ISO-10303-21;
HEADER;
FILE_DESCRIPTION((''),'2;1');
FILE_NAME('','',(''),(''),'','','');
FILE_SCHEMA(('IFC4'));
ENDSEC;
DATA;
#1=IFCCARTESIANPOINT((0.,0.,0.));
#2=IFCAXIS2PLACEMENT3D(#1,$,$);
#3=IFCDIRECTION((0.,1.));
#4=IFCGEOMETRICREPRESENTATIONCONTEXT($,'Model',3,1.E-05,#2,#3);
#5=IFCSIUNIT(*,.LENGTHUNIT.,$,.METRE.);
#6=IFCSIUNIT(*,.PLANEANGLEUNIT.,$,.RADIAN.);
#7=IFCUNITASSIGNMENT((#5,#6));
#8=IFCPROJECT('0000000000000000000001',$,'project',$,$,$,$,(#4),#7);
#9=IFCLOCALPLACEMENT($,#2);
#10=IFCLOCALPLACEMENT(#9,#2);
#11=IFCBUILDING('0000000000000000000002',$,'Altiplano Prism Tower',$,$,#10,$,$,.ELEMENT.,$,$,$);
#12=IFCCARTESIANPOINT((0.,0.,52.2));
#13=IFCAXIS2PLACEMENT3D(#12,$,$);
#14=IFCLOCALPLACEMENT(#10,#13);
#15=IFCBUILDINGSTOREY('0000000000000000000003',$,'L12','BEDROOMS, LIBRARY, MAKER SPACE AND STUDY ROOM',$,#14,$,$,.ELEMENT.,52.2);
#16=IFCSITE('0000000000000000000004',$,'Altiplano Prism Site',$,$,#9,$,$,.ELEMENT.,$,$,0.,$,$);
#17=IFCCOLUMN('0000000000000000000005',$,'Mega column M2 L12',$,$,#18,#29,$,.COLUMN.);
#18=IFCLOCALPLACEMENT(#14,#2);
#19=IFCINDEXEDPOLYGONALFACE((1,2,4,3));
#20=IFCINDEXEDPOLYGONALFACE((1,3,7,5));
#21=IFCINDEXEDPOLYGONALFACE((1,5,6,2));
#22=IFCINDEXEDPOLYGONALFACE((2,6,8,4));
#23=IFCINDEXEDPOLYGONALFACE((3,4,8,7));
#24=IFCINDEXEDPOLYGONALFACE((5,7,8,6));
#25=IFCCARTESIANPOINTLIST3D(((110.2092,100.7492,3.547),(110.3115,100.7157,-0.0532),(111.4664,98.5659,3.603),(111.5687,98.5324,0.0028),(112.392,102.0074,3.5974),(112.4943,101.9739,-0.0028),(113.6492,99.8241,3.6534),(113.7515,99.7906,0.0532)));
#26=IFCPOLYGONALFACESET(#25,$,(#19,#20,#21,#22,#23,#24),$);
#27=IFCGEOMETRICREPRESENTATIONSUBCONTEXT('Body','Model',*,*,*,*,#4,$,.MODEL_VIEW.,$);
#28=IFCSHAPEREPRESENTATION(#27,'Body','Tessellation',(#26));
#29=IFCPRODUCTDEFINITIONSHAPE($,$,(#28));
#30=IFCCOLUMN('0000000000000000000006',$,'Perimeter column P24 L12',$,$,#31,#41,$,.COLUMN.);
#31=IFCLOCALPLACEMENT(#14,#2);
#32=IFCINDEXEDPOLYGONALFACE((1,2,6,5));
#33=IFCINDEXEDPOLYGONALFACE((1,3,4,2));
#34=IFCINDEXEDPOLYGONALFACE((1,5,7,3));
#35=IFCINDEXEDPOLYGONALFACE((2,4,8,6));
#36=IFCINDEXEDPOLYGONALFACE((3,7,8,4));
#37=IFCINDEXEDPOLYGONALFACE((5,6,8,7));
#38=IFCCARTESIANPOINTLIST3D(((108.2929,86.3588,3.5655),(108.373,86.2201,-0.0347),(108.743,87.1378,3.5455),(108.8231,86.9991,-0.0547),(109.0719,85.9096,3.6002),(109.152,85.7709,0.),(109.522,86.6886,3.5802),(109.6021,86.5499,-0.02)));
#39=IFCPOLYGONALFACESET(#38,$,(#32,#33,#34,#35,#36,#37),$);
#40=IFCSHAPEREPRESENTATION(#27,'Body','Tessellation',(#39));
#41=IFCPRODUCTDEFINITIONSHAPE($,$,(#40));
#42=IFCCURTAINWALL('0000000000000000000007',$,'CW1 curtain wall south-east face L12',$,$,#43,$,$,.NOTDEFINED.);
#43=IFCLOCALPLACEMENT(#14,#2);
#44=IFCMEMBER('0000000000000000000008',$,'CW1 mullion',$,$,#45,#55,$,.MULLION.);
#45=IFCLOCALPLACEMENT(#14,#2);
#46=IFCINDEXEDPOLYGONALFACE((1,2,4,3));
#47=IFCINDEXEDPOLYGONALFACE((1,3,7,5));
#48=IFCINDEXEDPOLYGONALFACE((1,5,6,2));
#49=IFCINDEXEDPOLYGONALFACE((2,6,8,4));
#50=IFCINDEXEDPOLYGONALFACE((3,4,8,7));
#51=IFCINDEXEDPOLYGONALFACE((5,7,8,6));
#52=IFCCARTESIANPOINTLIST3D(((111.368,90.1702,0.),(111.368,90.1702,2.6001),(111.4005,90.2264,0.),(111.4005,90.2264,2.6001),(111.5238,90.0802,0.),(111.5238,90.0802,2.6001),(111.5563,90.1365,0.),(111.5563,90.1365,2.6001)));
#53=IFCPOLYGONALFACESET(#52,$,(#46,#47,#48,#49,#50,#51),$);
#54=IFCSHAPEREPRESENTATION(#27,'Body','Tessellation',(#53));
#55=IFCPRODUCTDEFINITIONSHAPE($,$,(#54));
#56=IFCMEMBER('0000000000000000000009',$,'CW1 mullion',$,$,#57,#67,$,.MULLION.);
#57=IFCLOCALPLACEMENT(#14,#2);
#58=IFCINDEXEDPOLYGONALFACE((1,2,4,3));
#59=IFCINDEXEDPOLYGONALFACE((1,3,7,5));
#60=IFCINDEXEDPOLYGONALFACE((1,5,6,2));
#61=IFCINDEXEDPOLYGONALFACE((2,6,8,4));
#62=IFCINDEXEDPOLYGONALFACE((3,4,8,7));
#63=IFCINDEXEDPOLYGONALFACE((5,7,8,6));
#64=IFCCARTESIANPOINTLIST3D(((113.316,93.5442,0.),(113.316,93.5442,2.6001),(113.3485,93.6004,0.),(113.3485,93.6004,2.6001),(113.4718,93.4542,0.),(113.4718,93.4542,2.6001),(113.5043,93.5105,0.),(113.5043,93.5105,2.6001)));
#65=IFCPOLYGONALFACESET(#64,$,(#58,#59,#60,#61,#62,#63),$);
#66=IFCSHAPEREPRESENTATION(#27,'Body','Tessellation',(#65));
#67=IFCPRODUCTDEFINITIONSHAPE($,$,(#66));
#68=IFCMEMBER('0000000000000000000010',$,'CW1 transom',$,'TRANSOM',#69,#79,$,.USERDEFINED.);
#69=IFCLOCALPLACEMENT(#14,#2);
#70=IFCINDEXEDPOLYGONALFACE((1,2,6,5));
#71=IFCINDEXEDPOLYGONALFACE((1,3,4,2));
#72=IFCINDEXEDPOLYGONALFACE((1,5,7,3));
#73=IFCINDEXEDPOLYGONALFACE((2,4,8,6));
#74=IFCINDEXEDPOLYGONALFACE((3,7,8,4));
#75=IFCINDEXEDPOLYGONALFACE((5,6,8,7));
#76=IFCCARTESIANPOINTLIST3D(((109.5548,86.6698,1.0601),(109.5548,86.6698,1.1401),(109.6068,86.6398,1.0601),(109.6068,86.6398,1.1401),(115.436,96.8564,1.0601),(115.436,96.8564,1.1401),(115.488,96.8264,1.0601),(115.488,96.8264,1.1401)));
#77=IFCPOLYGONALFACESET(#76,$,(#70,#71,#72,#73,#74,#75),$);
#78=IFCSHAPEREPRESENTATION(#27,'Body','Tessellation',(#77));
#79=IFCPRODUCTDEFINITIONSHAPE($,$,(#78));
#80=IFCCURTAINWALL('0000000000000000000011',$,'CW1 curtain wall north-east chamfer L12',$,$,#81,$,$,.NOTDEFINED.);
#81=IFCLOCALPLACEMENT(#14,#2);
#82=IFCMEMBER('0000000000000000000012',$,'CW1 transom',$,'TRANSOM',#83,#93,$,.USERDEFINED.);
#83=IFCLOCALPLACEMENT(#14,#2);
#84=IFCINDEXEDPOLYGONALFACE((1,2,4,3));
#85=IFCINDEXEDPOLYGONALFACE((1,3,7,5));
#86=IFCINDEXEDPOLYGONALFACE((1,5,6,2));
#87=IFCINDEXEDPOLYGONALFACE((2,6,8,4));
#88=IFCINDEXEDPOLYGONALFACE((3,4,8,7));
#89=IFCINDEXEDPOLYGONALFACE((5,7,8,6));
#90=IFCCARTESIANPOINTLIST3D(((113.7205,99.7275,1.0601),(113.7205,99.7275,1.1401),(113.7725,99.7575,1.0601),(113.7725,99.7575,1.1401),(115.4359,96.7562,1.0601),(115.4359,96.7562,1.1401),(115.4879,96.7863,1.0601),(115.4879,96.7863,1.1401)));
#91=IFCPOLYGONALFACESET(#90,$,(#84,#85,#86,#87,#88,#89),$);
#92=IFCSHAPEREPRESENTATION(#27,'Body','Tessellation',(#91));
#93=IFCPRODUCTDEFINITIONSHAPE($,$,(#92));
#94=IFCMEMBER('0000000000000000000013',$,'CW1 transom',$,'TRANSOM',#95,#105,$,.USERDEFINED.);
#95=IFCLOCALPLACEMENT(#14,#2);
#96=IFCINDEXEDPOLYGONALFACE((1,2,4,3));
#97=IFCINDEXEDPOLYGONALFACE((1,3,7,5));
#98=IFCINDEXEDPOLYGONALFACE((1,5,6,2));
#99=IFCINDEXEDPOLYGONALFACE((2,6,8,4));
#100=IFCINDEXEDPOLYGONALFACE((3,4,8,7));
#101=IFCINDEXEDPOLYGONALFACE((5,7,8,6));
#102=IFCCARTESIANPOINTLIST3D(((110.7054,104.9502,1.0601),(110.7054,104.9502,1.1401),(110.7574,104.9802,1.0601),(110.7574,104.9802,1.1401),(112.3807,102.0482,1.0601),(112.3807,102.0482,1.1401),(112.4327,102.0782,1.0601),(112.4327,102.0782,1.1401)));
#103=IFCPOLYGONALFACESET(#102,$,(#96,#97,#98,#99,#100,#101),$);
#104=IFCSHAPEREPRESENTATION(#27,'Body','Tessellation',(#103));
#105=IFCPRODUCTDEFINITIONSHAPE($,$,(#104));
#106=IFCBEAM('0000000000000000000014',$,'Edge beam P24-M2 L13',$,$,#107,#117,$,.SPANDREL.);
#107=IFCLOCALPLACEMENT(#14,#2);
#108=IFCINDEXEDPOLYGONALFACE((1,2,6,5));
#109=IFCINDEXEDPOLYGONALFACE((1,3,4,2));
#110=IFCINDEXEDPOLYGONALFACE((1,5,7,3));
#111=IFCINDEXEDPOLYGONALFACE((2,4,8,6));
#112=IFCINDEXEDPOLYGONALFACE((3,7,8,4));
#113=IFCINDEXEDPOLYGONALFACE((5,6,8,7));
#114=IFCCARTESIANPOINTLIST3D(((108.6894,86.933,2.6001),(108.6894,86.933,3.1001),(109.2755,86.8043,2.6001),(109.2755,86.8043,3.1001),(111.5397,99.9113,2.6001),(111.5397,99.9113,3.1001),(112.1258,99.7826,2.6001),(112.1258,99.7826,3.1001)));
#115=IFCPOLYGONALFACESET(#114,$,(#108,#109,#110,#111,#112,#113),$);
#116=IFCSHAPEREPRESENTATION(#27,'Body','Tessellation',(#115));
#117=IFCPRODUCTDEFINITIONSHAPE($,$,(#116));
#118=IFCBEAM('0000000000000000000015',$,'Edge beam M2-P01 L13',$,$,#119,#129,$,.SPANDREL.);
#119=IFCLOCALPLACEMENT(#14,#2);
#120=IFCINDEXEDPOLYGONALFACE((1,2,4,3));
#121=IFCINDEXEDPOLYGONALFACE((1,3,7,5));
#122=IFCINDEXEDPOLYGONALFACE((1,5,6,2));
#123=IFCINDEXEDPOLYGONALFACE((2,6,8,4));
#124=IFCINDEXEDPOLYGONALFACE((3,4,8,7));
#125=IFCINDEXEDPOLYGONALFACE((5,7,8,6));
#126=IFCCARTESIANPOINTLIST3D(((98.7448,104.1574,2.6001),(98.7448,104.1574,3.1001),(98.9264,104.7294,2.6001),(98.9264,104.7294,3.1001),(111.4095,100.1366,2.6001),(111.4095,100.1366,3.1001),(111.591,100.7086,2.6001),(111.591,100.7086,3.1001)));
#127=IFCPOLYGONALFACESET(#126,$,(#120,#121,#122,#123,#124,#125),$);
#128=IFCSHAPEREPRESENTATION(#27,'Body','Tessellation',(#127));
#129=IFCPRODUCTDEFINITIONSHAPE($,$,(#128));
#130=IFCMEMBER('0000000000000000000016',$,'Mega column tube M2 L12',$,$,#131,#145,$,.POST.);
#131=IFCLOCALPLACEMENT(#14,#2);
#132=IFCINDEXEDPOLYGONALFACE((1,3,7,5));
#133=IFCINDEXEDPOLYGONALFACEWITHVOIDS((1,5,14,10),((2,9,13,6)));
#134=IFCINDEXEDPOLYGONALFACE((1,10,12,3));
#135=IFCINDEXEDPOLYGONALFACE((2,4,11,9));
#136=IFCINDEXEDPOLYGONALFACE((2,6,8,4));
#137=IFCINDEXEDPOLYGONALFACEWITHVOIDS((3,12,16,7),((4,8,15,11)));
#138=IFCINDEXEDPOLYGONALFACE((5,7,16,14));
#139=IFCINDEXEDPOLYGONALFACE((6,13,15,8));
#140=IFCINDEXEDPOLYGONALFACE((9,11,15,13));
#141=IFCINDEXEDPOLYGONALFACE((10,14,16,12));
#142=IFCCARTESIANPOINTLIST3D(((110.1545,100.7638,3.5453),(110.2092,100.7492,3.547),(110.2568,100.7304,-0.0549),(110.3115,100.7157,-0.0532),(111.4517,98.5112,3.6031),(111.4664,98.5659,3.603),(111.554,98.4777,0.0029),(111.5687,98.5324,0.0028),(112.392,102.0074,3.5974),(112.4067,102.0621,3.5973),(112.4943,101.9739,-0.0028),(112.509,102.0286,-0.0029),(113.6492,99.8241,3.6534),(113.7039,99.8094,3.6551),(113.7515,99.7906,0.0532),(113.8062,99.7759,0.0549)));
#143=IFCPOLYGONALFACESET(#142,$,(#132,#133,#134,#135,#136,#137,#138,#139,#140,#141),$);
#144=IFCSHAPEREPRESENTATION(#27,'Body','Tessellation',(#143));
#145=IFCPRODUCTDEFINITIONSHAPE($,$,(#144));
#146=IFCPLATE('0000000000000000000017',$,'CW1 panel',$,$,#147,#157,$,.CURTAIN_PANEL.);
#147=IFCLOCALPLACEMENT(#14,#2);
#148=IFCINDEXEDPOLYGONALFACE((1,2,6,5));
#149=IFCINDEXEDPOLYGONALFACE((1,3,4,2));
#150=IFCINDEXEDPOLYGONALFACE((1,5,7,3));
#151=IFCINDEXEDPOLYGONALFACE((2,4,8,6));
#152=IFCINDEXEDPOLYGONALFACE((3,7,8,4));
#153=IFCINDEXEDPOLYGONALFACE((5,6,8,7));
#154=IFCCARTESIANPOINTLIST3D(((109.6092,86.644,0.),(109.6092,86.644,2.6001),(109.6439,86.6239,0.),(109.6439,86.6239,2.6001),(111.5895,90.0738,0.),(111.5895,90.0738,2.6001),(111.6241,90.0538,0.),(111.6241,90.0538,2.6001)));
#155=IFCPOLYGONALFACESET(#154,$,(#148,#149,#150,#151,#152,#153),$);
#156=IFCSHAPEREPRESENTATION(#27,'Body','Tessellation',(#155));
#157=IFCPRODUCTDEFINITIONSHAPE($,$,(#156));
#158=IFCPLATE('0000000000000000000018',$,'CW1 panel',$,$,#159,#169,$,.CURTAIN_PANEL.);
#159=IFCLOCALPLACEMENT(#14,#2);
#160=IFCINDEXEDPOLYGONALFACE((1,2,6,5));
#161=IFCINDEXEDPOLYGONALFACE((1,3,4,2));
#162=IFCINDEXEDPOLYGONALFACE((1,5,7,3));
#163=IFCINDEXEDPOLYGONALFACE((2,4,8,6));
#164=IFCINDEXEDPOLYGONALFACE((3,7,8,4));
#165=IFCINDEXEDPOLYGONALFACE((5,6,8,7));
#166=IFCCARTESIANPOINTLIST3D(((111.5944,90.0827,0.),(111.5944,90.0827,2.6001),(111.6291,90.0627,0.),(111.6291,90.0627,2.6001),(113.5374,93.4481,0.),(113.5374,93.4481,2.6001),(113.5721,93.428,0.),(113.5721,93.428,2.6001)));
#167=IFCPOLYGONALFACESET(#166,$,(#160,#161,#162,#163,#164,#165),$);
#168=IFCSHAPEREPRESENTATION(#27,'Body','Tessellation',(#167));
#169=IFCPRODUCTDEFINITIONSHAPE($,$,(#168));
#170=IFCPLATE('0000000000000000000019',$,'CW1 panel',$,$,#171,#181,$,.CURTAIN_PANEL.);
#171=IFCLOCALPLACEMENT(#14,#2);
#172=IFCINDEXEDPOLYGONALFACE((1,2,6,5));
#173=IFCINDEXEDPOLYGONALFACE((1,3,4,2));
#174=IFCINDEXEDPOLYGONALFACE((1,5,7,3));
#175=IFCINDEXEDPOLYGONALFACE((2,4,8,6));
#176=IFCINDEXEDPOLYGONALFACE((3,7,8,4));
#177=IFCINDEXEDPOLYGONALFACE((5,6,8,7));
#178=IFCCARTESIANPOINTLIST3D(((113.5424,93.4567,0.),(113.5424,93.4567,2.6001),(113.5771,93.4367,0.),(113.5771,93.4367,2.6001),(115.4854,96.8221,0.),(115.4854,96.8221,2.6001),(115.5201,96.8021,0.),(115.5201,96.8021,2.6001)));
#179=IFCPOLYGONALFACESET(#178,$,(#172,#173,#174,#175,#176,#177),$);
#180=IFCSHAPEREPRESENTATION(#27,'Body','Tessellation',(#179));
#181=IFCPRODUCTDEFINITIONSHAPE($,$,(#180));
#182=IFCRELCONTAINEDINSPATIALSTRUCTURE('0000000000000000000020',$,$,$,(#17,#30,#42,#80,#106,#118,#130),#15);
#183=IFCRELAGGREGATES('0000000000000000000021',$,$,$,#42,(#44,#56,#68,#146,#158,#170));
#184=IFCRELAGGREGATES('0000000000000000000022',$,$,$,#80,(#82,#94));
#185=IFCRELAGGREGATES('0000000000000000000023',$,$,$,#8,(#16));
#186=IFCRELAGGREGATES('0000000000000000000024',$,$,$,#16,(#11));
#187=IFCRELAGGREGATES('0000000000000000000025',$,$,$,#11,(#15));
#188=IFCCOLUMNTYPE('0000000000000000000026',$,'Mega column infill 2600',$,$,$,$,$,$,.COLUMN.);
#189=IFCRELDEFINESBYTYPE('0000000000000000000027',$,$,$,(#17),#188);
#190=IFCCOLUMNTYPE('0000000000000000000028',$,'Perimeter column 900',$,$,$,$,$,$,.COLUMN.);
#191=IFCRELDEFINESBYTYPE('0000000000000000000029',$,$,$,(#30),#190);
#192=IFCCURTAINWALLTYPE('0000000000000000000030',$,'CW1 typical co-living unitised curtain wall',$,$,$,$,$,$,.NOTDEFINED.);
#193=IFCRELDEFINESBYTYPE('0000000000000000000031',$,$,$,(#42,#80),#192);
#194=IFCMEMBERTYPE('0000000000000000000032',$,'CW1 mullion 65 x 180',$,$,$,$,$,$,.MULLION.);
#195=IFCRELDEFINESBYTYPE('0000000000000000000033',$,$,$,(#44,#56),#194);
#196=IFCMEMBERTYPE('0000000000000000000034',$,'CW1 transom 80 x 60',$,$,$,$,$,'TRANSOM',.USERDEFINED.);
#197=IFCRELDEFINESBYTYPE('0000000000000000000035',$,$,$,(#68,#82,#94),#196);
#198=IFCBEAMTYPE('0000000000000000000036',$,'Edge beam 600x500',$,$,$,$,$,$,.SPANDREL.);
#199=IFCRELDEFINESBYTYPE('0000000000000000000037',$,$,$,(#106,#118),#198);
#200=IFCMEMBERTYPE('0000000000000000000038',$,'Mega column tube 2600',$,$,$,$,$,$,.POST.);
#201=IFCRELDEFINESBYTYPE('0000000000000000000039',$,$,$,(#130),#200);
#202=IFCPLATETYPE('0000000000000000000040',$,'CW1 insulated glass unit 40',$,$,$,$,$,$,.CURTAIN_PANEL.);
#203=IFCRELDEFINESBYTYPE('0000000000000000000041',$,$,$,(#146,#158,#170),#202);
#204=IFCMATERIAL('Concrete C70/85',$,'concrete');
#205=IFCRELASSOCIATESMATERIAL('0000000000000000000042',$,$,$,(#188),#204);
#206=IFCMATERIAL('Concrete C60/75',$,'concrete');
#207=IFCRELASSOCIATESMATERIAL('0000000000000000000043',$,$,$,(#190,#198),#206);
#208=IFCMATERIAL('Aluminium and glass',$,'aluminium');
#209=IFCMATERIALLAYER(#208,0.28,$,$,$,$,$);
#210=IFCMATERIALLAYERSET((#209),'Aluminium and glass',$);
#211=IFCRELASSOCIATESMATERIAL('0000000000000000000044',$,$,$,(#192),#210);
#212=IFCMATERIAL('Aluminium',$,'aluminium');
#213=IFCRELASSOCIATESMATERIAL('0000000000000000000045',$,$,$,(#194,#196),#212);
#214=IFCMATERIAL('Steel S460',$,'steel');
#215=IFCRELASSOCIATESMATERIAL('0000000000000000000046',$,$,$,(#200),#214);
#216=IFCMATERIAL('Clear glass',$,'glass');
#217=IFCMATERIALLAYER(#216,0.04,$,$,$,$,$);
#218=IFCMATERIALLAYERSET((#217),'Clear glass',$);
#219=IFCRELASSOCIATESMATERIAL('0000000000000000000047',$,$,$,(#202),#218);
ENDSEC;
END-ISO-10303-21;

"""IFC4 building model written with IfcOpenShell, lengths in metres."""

from ifc_helpers import new_model, si_unit, direction, frame, origin, origin_2d, place, context, subcontext, project, spatial, rectangle, hollow_rectangle, extrude, material, layer, layer_set, material_profile, profile_set, type_object, element, aggregate, save


model = new_model("IFC4")

# Units and contexts
model_context = context("Model", 3, precision=1e-05, world=origin(), true_north=direction((0.0, 1.0)))
body_context = subcontext(model_context, "Body", "Model", "MODEL_VIEW")
ifc_project = project(units=[si_unit("LENGTHUNIT", "METRE"), si_unit("PLANEANGLEUNIT", "RADIAN")], contexts=[model_context])

# Site, building, storey
site_placement = place(None, origin())
site = spatial("IfcSite", under=ifc_project, at=site_placement, Name="Altiplano Prism Site", CompositionType="ELEMENT", RefElevation=0.0)
building_placement = place(site_placement, origin())
building = spatial("IfcBuilding", under=site, at=building_placement, Name="Altiplano Prism Tower", CompositionType="ELEMENT")
storey_placement = place(building_placement, frame((0.0, 0.0, 52.2)))
storey = spatial("IfcBuildingStorey", under=building, at=storey_placement, Name="L12", Description="BEDROOMS, LIBRARY, MAKER SPACE AND STUDY ROOM", CompositionType="ELEMENT", Elevation=52.2)

# Columns
ifc_material_1 = material(Name="Concrete C70/85", Category="concrete")
ifc_material_profile_1 = material_profile(ifc_material_1, rectangle(XDim=2.52, YDim=2.52, at=origin_2d()), Name="Mega column infill 2600")
ifc_profile_set_1 = profile_set([ifc_material_profile_1], Name="Concrete C70/85")
column_type_1 = type_object("IfcColumnType", Name="Mega column infill 2600", PredefinedType="COLUMN", material=ifc_profile_set_1)
column_1_placement = place(storey_placement, frame((112.0315, 100.2532, 0.0), z_axis=(-0.028402, 0.009287, 0.999553), x_axis=(0.498889, -0.866381, 0.022225)))
element("IfcColumn", 1, at=column_1_placement, inside=storey, type_object=column_type_1, Name="Mega column M2 L12", PredefinedType="COLUMN", context=body_context, shape_type="SweptSolid", body=[
    extrude(rectangle(XDim=2.52, YDim=2.52, at=origin_2d()), origin(), (0.0, 0.0, 1.0), 3.6018),
])
ifc_material_2 = material(Name="Concrete C60/75", Category="concrete")
ifc_material_profile_2 = material_profile(ifc_material_2, rectangle(XDim=0.8999, YDim=0.8999, at=origin_2d()), Name="Perimeter column 900")
ifc_profile_set_2 = profile_set([ifc_material_profile_2], Name="Concrete C60/75")
column_type_2 = type_object("IfcColumnType", Name="Perimeter column 900", PredefinedType="COLUMN", material=ifc_profile_set_2)
column_2_placement = place(storey_placement, frame((108.9875, 86.385, -0.0273), z_axis=(-0.022221, 0.038481, 0.999012), x_axis=(-0.500177, -0.865638, 0.022218)))
element("IfcColumn", 2, at=column_2_placement, inside=storey, type_object=column_type_2, Name="Perimeter column P24 L12", PredefinedType="COLUMN", context=body_context, shape_type="SweptSolid", body=[
    extrude(rectangle(XDim=0.8999, YDim=0.8999, at=origin_2d()), origin(), (0.0, 0.0, 1.0), 3.6038),
])

# Curtain walls, members
ifc_material_3 = material(Name="Aluminium and glass", Category="aluminium")
ifc_layer_1 = layer(ifc_material_3, 0.28)
ifc_layer_set_1 = layer_set([ifc_layer_1], Name="Aluminium and glass")
curtain_wall_type = type_object("IfcCurtainWallType", Name="CW1 typical co-living unitised curtain wall", PredefinedType="NOTDEFINED", material=ifc_layer_set_1)
curtain_wall_1_placement = place(storey_placement, origin())
curtain_wall_1 = element("IfcCurtainWall", 3, at=curtain_wall_1_placement, inside=storey, type_object=curtain_wall_type, Name="CW1 curtain wall south-east face L12", PredefinedType="NOTDEFINED")
ifc_material_4 = material(Name="Aluminium", Category="aluminium")
ifc_material_profile_3 = material_profile(ifc_material_4, rectangle(XDim=0.1799, YDim=0.0649, at=origin_2d()), Name="CW1 mullion 65 x 180")
ifc_profile_set_3 = profile_set([ifc_material_profile_3], Name="Aluminium")
member_type_1 = type_object("IfcMemberType", Name="CW1 mullion 65 x 180", PredefinedType="MULLION", material=ifc_profile_set_3)
member_1_placement = place(storey_placement, frame((111.4622, 90.1533, 0.0), z_axis=(0.0, 0.0, 1.0), x_axis=(-0.866025, 0.5, 0.0)))
member_1 = element("IfcMember", 4, at=member_1_placement, type_object=member_type_1, Name="CW1 mullion", PredefinedType="MULLION", context=body_context, shape_type="SweptSolid", body=[
    extrude(rectangle(XDim=0.1799, YDim=0.0649, at=origin_2d()), origin(), (0.0, 0.0, 1.0), 2.6001),
])
member_2_placement = place(storey_placement, frame((113.4102, 93.5273, 0.0), z_axis=(0.0, 0.0, 1.0), x_axis=(-0.866025, 0.5, 0.0)))
member_2 = element("IfcMember", 5, at=member_2_placement, type_object=member_type_1, Name="CW1 mullion", PredefinedType="MULLION", context=body_context, shape_type="SweptSolid", body=[
    extrude(rectangle(XDim=0.1799, YDim=0.0649, at=origin_2d()), origin(), (0.0, 0.0, 1.0), 2.6001),
])
ifc_material_profile_4 = material_profile(ifc_material_4, rectangle(XDim=0.0601, YDim=0.0801, at=origin_2d()), Name="CW1 transom 80 x 60")
ifc_profile_set_4 = profile_set([ifc_material_profile_4], Name="Aluminium")
member_type_2 = type_object("IfcMemberType", Name="CW1 transom 80 x 60", ElementType="TRANSOM", PredefinedType="USERDEFINED", material=ifc_profile_set_4)
member_3_placement = place(storey_placement, frame((109.5808, 86.6548, 1.1001), z_axis=(0.499994, 0.866029, 0.0), x_axis=(-0.866029, 0.499994, 0.0)))
member_3 = element("IfcMember", 6, at=member_3_placement, type_object=member_type_2, Name="CW1 transom", ObjectType="TRANSOM", PredefinedType="USERDEFINED", context=body_context, shape_type="SweptSolid", body=[
    extrude(rectangle(XDim=0.0601, YDim=0.0801, at=origin_2d()), origin(), (0.0, 0.0, 1.0), 11.7625),
])
curtain_wall_2_placement = place(storey_placement, origin())
curtain_wall_2 = element("IfcCurtainWall", 7, at=curtain_wall_2_placement, inside=storey, type_object=curtain_wall_type, Name="CW1 curtain wall north-east chamfer L12", PredefinedType="NOTDEFINED")
member_4_placement = place(storey_placement, frame((115.4619, 96.7712, 1.1001), z_axis=(-0.499981, 0.866036, 0.0), x_axis=(-0.866036, -0.499981, 0.0)))
member_4 = element("IfcMember", 8, at=member_4_placement, type_object=member_type_2, Name="CW1 transom", ObjectType="TRANSOM", PredefinedType="USERDEFINED", context=body_context, shape_type="SweptSolid", body=[
    extrude(rectangle(XDim=0.0601, YDim=0.0801, at=origin_2d()), origin(), (0.0, 0.0, 1.0), 3.4309),
])
member_5_placement = place(storey_placement, frame((112.4067, 102.0632, 1.1001), z_axis=(-0.499979, 0.866038, 0.0), x_axis=(-0.866038, -0.499979, 0.0)))
member_5 = element("IfcMember", 9, at=member_5_placement, type_object=member_type_2, Name="CW1 transom", ObjectType="TRANSOM", PredefinedType="USERDEFINED", context=body_context, shape_type="SweptSolid", body=[
    extrude(rectangle(XDim=0.0601, YDim=0.0801, at=origin_2d()), origin(), (0.0, 0.0, 1.0), 3.3508),
])

# Beams
ifc_material_profile_5 = material_profile(ifc_material_2, rectangle(XDim=0.6001, YDim=0.5, at=origin_2d()), Name="Edge beam 600x500")
ifc_profile_set_5 = profile_set([ifc_material_profile_5], Name="Concrete C60/75")
beam_type = type_object("IfcBeamType", Name="Edge beam 600x500", PredefinedType="SPANDREL", material=ifc_profile_set_5)
for number, where, z_axis, x_axis, name in (
    (10, (108.9824, 86.8687, 2.8501), (0.214512, 0.976721, 0.0), (-0.976721, 0.214512, 0.0), "Edge beam P24-M2 L13"),
    (11, (111.5002, 100.4226, 2.8501), (-0.953119, 0.302597, 0.0), (-0.302597, -0.953119, 0.0), "Edge beam M2-P01 L13"),
):
    element("IfcBeam", number, at=place(storey_placement, frame(where, z_axis=z_axis, x_axis=x_axis)), inside=storey, type_object=beam_type, Name=name, PredefinedType="SPANDREL", context=body_context, shape_type="SweptSolid", body=[
        extrude(rectangle(XDim=0.6001, YDim=0.5, at=origin_2d()), origin(), (0.0, 0.0, 1.0), 13.2876),
    ])

# Member
ifc_material_5 = material(Name="Steel S460", Category="steel")
ifc_material_profile_6 = material_profile(ifc_material_5, hollow_rectangle(XDim=2.6001, YDim=2.6001, WallThickness=0.04, at=origin_2d()), Name="Mega column tube 2600")
ifc_profile_set_6 = profile_set([ifc_material_profile_6], Name="Steel S460")
member_type_3 = type_object("IfcMemberType", Name="Mega column tube 2600", PredefinedType="POST", material=ifc_profile_set_6)
member_6_placement = place(storey_placement, frame((112.0315, 100.2532, 0.0), z_axis=(-0.028402, 0.009287, 0.999553), x_axis=(0.498889, -0.866381, 0.022225)))
element("IfcMember", 12, at=member_6_placement, inside=storey, type_object=member_type_3, Name="Mega column tube M2 L12", PredefinedType="POST", context=body_context, shape_type="SweptSolid", body=[
    extrude(hollow_rectangle(XDim=2.6001, YDim=2.6001, WallThickness=0.04, at=origin_2d()), origin(), (0.0, 0.0, 1.0), 3.6018),
])

# Plates
ifc_material_6 = material(Name="Clear glass", Category="glass")
ifc_layer_2 = layer(ifc_material_6, 0.04)
ifc_layer_set_2 = layer_set([ifc_layer_2], Name="Clear glass")
plate_type = type_object("IfcPlateType", Name="CW1 insulated glass unit 40", PredefinedType="CURTAIN_PANEL", material=ifc_layer_set_2)
plate_1_placement = place(storey_placement, frame((110.6167, 88.3489, 0.0), z_axis=(0.0, 0.0, 1.0), x_axis=(0.5, 0.866025, 0.0)))
plate_1 = element("IfcPlate", 13, at=plate_1_placement, type_object=plate_type, Name="CW1 panel", PredefinedType="CURTAIN_PANEL", context=body_context, shape_type="SweptSolid", body=[
    extrude(rectangle(XDim=3.9604, YDim=0.04, at=origin_2d()), origin(), (0.0, 0.0, 1.0), 2.6001),
])
plate_2_placement = place(storey_placement, frame((112.5833, 91.7554, 0.0), z_axis=(0.0, 0.0, 1.0), x_axis=(0.5, 0.866025, 0.0)))
plate_2 = element("IfcPlate", 14, at=plate_2_placement, type_object=plate_type, Name="CW1 panel", PredefinedType="CURTAIN_PANEL", context=body_context, shape_type="SweptSolid", body=[
    extrude(rectangle(XDim=3.886, YDim=0.04, at=origin_2d()), origin(), (0.0, 0.0, 1.0), 2.6001),
])
plate_3_placement = place(storey_placement, frame((114.5312, 95.1294, 0.0), z_axis=(0.0, 0.0, 1.0), x_axis=(0.5, 0.866025, 0.0)))
plate_3 = element("IfcPlate", 15, at=plate_3_placement, type_object=plate_type, Name="CW1 panel", PredefinedType="CURTAIN_PANEL", context=body_context, shape_type="SweptSolid", body=[
    extrude(rectangle(XDim=3.886, YDim=0.04, at=origin_2d()), origin(), (0.0, 0.0, 1.0), 2.6001),
])
aggregate(curtain_wall_1, [member_1, member_2, member_3, plate_1, plate_2, plate_3])
aggregate(curtain_wall_2, [member_4, member_5])

save(model, "model.ifc")
